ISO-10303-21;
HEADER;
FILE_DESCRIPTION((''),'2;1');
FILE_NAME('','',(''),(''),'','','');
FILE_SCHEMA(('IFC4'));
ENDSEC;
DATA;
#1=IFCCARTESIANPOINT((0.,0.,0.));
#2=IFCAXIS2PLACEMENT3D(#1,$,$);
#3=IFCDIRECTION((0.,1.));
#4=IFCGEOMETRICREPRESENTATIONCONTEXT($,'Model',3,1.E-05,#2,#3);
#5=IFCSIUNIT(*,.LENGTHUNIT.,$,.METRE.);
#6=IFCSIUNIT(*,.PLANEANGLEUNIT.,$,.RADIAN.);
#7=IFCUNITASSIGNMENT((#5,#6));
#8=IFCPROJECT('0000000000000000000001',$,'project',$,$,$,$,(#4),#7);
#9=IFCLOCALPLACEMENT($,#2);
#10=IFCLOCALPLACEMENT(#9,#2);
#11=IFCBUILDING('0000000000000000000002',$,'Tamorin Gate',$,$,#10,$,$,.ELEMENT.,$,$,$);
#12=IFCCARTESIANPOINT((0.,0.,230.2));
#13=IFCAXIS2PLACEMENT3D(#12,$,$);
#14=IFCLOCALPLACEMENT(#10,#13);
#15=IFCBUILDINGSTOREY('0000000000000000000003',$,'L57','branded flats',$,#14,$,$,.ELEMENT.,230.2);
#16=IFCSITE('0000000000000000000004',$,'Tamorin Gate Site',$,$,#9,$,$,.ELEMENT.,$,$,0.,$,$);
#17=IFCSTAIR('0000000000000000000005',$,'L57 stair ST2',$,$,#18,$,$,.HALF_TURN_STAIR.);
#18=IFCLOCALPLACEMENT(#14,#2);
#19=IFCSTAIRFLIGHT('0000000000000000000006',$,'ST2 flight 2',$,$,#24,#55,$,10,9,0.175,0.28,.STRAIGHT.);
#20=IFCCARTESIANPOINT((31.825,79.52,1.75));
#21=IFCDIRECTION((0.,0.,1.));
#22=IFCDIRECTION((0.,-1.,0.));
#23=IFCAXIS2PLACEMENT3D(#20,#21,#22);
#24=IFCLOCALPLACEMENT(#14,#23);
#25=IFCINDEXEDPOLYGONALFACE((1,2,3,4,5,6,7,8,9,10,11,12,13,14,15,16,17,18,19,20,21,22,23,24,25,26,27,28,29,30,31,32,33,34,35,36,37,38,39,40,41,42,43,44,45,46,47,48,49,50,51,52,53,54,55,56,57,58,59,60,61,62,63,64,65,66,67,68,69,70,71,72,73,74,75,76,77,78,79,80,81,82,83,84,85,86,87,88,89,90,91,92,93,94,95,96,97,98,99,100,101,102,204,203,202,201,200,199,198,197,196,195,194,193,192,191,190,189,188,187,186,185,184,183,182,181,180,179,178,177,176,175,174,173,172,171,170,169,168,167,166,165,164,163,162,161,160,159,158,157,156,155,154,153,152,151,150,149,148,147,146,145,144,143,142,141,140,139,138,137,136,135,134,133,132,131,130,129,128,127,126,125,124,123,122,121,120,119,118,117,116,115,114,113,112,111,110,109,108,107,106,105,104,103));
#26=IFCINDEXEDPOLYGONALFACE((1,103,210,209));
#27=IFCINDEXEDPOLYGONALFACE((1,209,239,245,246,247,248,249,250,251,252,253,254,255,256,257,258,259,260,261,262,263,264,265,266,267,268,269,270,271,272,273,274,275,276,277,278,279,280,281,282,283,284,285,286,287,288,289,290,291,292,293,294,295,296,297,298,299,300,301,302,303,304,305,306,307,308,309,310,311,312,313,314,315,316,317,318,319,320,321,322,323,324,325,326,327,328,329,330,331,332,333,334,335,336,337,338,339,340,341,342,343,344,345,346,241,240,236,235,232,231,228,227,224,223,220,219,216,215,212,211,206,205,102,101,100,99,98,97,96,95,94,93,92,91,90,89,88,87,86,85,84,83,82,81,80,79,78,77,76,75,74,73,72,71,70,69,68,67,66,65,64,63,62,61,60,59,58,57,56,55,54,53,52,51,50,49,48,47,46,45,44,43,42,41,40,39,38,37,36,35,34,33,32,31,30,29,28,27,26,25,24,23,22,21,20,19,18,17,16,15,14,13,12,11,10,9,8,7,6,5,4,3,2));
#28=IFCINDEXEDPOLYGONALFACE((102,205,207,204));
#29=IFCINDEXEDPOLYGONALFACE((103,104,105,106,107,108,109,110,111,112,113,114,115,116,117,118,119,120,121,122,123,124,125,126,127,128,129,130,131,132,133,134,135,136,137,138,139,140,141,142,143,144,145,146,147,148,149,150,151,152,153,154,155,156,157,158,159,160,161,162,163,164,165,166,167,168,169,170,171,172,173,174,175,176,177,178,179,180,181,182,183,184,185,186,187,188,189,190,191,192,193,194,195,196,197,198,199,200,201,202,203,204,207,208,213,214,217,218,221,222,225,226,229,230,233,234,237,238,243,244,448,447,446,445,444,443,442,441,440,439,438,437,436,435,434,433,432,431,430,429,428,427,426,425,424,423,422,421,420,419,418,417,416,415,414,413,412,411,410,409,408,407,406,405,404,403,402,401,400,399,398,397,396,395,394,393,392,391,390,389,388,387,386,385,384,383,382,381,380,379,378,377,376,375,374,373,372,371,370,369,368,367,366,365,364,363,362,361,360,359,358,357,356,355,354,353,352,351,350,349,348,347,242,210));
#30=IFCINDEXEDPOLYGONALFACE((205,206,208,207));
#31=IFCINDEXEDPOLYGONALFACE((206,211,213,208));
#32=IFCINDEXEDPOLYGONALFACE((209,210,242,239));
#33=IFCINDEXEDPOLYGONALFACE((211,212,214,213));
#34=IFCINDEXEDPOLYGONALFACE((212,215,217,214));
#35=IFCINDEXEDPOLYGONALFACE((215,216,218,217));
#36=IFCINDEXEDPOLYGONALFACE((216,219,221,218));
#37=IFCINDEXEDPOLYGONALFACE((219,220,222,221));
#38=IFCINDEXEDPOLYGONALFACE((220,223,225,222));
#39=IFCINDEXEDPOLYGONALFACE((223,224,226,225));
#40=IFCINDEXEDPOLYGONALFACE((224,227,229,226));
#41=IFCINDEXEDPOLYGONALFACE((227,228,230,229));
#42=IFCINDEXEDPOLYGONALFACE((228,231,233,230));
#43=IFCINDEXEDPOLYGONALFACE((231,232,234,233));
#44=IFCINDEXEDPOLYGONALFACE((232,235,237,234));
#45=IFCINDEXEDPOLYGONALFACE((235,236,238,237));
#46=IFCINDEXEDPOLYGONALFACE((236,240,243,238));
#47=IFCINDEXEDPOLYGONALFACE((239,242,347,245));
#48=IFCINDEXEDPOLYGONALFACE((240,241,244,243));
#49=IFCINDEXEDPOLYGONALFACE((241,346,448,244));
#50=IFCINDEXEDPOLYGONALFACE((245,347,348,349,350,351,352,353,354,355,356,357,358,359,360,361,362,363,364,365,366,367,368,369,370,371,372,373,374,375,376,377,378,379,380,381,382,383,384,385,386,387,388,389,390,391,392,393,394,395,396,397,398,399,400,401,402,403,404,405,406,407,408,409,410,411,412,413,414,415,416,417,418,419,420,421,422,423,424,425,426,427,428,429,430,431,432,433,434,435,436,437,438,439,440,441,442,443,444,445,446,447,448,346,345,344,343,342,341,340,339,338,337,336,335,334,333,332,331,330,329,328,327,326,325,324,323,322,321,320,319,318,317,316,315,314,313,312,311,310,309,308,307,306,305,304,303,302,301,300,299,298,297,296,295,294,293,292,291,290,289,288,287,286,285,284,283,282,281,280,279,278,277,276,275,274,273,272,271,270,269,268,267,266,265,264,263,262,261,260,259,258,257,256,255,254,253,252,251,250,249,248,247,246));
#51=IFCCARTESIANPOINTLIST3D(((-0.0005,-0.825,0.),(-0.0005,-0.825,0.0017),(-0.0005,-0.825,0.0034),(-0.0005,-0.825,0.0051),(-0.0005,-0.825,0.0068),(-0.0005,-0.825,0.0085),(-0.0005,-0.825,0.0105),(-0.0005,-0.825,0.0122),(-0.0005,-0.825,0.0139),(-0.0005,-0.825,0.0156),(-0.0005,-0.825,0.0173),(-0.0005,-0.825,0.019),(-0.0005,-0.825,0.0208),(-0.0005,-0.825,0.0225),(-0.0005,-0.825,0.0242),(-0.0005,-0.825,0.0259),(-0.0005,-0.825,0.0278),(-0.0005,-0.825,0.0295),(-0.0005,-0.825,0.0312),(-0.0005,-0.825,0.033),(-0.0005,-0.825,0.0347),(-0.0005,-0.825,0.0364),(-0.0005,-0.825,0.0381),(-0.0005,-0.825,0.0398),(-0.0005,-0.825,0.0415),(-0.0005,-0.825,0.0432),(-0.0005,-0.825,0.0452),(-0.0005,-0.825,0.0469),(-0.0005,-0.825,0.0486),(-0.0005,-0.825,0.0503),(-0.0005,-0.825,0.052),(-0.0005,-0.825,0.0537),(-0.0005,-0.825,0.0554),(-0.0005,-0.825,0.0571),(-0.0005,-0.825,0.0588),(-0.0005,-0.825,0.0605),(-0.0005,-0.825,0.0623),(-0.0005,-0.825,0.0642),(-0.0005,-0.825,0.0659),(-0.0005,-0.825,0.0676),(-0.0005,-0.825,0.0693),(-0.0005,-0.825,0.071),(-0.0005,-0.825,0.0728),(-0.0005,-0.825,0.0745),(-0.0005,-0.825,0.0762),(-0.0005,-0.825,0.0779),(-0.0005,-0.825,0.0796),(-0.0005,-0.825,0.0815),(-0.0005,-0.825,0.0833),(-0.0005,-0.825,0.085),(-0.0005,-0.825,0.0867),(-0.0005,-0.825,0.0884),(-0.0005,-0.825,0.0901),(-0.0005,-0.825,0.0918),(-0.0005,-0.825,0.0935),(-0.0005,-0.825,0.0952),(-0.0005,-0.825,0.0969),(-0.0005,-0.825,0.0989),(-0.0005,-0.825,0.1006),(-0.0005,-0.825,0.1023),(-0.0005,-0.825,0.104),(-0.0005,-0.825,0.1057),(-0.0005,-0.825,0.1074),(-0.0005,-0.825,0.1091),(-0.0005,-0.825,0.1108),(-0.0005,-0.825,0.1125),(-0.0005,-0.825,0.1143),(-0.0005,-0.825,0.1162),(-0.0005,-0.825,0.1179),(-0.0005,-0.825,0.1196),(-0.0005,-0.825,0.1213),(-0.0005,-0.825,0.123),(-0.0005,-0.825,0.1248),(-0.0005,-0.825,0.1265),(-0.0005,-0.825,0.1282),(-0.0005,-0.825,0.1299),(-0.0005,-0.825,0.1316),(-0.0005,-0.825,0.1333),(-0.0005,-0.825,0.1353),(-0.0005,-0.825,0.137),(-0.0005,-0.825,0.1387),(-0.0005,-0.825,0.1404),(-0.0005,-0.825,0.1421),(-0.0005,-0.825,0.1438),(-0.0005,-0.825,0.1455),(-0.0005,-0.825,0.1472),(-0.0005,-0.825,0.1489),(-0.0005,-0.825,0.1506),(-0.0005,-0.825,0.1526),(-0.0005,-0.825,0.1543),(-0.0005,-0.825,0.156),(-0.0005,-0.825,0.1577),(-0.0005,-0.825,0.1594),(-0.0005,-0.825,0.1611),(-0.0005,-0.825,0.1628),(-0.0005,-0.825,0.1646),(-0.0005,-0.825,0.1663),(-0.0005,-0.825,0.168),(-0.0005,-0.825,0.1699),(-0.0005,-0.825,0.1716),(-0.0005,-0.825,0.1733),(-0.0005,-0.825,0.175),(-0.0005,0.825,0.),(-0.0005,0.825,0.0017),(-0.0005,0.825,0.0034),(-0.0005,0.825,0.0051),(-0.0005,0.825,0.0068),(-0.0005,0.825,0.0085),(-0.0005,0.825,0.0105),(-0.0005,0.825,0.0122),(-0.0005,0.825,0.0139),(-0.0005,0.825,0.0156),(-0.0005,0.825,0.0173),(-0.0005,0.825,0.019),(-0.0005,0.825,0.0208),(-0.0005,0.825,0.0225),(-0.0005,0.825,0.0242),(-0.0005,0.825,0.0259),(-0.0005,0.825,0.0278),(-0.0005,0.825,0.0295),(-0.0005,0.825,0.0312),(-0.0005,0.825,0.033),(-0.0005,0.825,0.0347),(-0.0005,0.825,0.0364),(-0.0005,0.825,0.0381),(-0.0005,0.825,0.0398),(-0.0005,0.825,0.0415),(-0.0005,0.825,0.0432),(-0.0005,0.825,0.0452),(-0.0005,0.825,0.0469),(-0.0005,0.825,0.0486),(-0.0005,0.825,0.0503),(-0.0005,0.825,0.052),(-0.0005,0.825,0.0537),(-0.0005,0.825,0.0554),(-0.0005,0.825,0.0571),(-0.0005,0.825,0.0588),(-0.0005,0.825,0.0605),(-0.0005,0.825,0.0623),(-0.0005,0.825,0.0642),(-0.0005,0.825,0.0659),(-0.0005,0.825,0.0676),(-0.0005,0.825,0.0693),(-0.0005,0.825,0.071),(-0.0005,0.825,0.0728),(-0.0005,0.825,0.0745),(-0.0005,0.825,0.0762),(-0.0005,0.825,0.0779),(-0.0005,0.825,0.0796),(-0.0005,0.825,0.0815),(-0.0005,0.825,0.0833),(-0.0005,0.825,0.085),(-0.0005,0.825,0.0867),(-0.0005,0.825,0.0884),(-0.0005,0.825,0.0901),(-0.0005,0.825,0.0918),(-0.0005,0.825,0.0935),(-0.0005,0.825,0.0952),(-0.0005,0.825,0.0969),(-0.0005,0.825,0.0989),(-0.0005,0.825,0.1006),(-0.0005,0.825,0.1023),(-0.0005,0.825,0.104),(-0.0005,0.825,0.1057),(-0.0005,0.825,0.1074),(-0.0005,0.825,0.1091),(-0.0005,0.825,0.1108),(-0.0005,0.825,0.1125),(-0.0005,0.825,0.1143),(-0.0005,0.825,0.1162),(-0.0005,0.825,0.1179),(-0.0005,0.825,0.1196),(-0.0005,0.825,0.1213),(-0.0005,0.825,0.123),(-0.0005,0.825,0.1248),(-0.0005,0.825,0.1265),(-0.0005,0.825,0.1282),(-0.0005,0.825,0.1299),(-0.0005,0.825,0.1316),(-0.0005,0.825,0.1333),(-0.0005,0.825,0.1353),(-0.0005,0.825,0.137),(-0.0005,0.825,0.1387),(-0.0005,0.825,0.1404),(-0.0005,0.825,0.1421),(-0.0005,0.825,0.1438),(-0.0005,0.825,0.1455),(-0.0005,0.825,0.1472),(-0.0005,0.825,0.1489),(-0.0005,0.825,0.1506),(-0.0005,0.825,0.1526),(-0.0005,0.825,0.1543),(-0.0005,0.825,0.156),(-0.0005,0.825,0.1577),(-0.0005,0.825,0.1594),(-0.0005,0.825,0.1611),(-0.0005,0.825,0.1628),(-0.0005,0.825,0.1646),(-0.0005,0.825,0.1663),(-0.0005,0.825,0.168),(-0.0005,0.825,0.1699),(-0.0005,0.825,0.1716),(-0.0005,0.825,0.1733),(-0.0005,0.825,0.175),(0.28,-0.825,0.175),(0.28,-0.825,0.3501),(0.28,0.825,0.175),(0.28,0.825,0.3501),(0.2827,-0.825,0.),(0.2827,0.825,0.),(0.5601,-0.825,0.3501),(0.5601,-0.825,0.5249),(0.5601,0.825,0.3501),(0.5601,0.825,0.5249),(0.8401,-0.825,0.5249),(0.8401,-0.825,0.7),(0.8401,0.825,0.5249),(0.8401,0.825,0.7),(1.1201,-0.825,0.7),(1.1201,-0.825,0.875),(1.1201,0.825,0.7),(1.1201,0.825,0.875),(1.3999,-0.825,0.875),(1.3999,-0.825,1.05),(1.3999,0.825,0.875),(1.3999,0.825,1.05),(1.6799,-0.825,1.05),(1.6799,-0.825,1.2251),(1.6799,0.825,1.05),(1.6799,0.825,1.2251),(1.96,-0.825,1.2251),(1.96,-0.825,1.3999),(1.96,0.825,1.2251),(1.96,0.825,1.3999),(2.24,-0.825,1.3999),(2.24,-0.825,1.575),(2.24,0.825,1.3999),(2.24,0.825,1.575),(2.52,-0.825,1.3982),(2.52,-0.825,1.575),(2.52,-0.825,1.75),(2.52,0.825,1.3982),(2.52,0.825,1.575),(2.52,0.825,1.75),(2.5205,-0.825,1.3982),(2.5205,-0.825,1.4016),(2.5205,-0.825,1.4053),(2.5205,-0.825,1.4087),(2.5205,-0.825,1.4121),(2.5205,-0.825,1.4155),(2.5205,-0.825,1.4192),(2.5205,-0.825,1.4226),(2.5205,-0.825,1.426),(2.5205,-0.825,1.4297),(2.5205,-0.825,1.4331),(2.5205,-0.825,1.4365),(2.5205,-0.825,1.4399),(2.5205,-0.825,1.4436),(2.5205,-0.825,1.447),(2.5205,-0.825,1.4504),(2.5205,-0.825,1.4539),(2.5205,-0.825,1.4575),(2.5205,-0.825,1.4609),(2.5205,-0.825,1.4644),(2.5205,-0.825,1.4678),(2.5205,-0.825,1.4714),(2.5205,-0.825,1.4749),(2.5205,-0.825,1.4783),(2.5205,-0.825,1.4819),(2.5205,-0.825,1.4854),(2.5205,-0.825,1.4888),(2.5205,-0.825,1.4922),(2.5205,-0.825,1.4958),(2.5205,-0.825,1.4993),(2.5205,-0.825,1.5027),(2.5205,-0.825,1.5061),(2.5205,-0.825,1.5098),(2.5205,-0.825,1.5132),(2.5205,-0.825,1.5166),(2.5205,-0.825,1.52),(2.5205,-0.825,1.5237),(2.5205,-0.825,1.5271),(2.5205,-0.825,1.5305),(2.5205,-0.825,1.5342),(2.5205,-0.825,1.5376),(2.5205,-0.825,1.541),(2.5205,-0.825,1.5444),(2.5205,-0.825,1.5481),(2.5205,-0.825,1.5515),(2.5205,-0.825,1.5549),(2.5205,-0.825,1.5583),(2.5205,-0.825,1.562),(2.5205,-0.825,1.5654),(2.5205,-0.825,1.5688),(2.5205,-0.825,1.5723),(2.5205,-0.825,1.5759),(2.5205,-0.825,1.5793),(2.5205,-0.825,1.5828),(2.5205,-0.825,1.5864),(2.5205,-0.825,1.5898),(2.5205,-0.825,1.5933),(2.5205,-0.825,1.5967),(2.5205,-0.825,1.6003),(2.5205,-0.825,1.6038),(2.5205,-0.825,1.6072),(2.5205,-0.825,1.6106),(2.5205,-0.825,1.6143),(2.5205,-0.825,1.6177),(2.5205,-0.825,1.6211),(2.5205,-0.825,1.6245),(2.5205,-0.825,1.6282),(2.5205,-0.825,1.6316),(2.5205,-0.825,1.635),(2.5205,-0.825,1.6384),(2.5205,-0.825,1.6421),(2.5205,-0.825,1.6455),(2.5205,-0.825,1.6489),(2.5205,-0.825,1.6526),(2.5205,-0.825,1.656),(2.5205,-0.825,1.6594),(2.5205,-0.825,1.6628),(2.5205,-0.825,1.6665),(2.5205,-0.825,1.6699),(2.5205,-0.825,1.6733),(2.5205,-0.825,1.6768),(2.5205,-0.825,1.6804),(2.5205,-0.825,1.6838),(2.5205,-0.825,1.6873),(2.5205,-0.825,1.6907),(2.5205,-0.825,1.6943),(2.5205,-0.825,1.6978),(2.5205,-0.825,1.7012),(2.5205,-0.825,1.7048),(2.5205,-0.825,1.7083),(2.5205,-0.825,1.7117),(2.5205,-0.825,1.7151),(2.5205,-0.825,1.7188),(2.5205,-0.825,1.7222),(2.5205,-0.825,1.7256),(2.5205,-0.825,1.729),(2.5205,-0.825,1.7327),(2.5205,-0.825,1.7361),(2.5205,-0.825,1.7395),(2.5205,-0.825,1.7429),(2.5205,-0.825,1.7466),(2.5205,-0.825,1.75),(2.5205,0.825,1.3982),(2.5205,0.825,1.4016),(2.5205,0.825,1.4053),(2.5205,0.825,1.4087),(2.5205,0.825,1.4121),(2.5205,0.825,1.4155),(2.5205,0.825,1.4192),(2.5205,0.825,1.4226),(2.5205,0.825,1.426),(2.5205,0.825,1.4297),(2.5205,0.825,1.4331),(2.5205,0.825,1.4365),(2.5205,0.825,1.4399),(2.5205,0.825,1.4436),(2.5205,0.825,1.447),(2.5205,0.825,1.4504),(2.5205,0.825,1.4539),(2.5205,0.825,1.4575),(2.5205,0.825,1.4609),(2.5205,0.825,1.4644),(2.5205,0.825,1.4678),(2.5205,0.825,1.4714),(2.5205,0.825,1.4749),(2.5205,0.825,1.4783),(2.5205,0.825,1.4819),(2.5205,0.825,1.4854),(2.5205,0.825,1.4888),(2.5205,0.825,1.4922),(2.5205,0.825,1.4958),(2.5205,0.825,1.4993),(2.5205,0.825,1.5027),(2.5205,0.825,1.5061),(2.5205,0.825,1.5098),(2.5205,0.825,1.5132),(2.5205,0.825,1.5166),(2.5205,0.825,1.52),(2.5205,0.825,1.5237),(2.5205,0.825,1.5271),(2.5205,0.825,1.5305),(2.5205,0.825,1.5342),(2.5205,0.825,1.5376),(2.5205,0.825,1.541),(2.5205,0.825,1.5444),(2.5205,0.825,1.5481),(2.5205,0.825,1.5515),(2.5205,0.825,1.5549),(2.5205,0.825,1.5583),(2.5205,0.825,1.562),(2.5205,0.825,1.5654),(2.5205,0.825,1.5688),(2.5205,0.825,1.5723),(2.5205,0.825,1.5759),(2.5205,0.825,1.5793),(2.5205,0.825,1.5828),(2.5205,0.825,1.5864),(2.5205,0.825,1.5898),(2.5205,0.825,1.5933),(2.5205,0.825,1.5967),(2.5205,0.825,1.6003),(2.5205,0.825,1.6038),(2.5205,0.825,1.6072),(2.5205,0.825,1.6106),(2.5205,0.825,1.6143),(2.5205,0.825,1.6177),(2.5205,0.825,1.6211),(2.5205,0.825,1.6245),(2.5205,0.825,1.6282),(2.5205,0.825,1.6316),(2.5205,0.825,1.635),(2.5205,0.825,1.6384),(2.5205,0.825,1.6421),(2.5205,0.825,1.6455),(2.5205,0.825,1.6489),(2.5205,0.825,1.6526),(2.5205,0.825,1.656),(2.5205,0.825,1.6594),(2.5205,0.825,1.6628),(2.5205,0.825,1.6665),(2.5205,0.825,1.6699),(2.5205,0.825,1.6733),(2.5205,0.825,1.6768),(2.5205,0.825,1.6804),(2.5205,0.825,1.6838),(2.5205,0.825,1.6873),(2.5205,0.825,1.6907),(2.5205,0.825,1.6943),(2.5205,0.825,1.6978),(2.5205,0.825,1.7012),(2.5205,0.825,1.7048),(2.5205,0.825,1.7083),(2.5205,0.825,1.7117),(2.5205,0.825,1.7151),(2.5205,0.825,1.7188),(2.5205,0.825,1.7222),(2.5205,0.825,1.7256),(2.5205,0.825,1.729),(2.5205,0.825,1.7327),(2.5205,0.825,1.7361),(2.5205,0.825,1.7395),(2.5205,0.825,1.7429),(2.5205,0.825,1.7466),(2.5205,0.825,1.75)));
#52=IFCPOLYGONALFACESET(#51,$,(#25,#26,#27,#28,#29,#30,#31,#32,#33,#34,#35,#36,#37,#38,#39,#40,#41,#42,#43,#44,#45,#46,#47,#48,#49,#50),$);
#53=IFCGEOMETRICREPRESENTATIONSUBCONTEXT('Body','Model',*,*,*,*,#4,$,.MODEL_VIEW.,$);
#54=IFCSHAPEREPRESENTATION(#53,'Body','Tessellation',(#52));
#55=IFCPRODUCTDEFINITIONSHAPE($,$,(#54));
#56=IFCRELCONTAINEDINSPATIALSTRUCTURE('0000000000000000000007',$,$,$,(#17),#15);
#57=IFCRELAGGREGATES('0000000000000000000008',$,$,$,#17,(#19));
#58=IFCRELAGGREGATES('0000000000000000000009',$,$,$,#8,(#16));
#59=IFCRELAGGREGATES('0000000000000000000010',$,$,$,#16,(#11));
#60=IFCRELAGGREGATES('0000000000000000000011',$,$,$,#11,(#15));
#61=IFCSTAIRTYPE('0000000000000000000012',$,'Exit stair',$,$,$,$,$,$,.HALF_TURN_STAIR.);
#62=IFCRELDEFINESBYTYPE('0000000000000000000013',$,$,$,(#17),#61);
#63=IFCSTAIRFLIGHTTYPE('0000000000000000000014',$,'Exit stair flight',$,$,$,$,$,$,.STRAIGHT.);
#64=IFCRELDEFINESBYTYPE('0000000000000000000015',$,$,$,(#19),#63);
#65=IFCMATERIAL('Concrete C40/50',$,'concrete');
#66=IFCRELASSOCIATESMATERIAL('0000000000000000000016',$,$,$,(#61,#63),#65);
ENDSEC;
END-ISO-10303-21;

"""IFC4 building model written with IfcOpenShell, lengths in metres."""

from ifc_helpers import new_model, si_unit, direction, frame, origin, place, context, subcontext, project, spatial, polyline, outline, extrude, material, type_object, element, aggregate, save


model = new_model("IFC4")

# Units and contexts
model_context = context("Model", 3, precision=1e-05, world=origin(), true_north=direction((0.0, 1.0)))
body_context = subcontext(model_context, "Body", "Model", "MODEL_VIEW")
ifc_project = project(units=[si_unit("LENGTHUNIT", "METRE"), si_unit("PLANEANGLEUNIT", "RADIAN")], contexts=[model_context])

# Site, building, storey
site_placement = place(None, origin())
site = spatial("IfcSite", under=ifc_project, at=site_placement, Name="Tamorin Gate Site", CompositionType="ELEMENT", RefElevation=0.0)
building_placement = place(site_placement, origin())
building = spatial("IfcBuilding", under=site, at=building_placement, Name="Tamorin Gate", CompositionType="ELEMENT")
storey_placement = place(building_placement, frame((0.0, 0.0, 230.2)))
storey = spatial("IfcBuildingStorey", under=building, at=storey_placement, Name="L57", Description="branded flats", CompositionType="ELEMENT", Elevation=230.2)

# Stair, stair flight
ifc_material_1 = material(Name="Concrete C40/50", Category="concrete")
stair_type = type_object("IfcStairType", Name="Exit stair", PredefinedType="HALF_TURN_STAIR", material=ifc_material_1)
stair_placement = place(storey_placement, origin())
stair = element("IfcStair", 1, at=stair_placement, inside=storey, type_object=stair_type, Name="L57 stair ST2", PredefinedType="HALF_TURN_STAIR")
stair_flight_type = type_object("IfcStairFlightType", Name="Exit stair flight", PredefinedType="STRAIGHT", material=ifc_material_1)
stair_flight_placement = place(storey_placement, frame((31.825, 79.52, 1.75), z_axis=(0.0, 0.0, 1.0), x_axis=(0.0, -1.0, 0.0)))
stair_flight = element("IfcStairFlight", 2, at=stair_flight_placement, type_object=stair_flight_type, Name="ST2 flight 2", NumberOfRisers=10, NumberOfTreads=9, PredefinedType="STRAIGHT", RiserHeight=0.175, TreadLength=0.28, context=body_context, shape_type="SweptSolid", body=[
    extrude(outline(polyline([(-0.0005, 0.0), (-0.0005, 0.0017), (-0.0005, 0.0034), (-0.0005, 0.0051), (-0.0005, 0.0068), (-0.0005, 0.0085), (-0.0005, 0.0105), (-0.0005, 0.0122), (-0.0005, 0.0139), (-0.0005, 0.0156), (-0.0005, 0.0173), (-0.0005, 0.019), (-0.0005, 0.0208), (-0.0005, 0.0225), (-0.0005, 0.0242), (-0.0005, 0.0259), (-0.0005, 0.0278), (-0.0005, 0.0295), (-0.0005, 0.0312), (-0.0005, 0.033), (-0.0005, 0.0347), (-0.0005, 0.0364), (-0.0005, 0.0381), (-0.0005, 0.0398), (-0.0005, 0.0415), (-0.0005, 0.0432), (-0.0005, 0.0452), (-0.0005, 0.0469), (-0.0005, 0.0486), (-0.0005, 0.0503), (-0.0005, 0.052), (-0.0005, 0.0537), (-0.0005, 0.0554), (-0.0005, 0.0571), (-0.0005, 0.0588), (-0.0005, 0.0605), (-0.0005, 0.0623), (-0.0005, 0.0642), (-0.0005, 0.0659), (-0.0005, 0.0676), (-0.0005, 0.0693), (-0.0005, 0.071), (-0.0005, 0.0728), (-0.0005, 0.0745), (-0.0005, 0.0762), (-0.0005, 0.0779), (-0.0005, 0.0796), (-0.0005, 0.0815), (-0.0005, 0.0833), (-0.0005, 0.085), (-0.0005, 0.0867), (-0.0005, 0.0884), (-0.0005, 0.0901), (-0.0005, 0.0918), (-0.0005, 0.0935), (-0.0005, 0.0952), (-0.0005, 0.0969), (-0.0005, 0.0989), (-0.0005, 0.1006), (-0.0005, 0.1023), (-0.0005, 0.104), (-0.0005, 0.1057), (-0.0005, 0.1074), (-0.0005, 0.1091), (-0.0005, 0.1108), (-0.0005, 0.1125), (-0.0005, 0.1143), (-0.0005, 0.1162), (-0.0005, 0.1179), (-0.0005, 0.1196), (-0.0005, 0.1213), (-0.0005, 0.123), (-0.0005, 0.1248), (-0.0005, 0.1265), (-0.0005, 0.1282), (-0.0005, 0.1299), (-0.0005, 0.1316), (-0.0005, 0.1333), (-0.0005, 0.1353), (-0.0005, 0.137), (-0.0005, 0.1387), (-0.0005, 0.1404), (-0.0005, 0.1421), (-0.0005, 0.1438), (-0.0005, 0.1455), (-0.0005, 0.1472), (-0.0005, 0.1489), (-0.0005, 0.1506), (-0.0005, 0.1526), (-0.0005, 0.1543), (-0.0005, 0.156), (-0.0005, 0.1577), (-0.0005, 0.1594), (-0.0005, 0.1611), (-0.0005, 0.1628), (-0.0005, 0.1646), (-0.0005, 0.1663), (-0.0005, 0.168), (-0.0005, 0.1699), (-0.0005, 0.1716), (-0.0005, 0.1733), (-0.0005, 0.175), (0.28, 0.175), (0.28, 0.3501), (0.5601, 0.3501), (0.5601, 0.5249), (0.8401, 0.5249), (0.8401, 0.7), (1.1201, 0.7), (1.1201, 0.875), (1.3999, 0.875), (1.3999, 1.05), (1.6799, 1.05), (1.6799, 1.2251), (1.96, 1.2251), (1.96, 1.3999), (2.24, 1.3999), (2.24, 1.575), (2.52, 1.575), (2.52, 1.75), (2.5205, 1.75), (2.5205, 1.7466), (2.5205, 1.7429), (2.5205, 1.7395), (2.5205, 1.7361), (2.5205, 1.7327), (2.5205, 1.729), (2.5205, 1.7256), (2.5205, 1.7222), (2.5205, 1.7188), (2.5205, 1.7151), (2.5205, 1.7117), (2.5205, 1.7083), (2.5205, 1.7048), (2.5205, 1.7012), (2.5205, 1.6978), (2.5205, 1.6943), (2.5205, 1.6907), (2.5205, 1.6873), (2.5205, 1.6838), (2.5205, 1.6804), (2.5205, 1.6768), (2.5205, 1.6733), (2.5205, 1.6699), (2.5205, 1.6665), (2.5205, 1.6628), (2.5205, 1.6594), (2.5205, 1.656), (2.5205, 1.6526), (2.5205, 1.6489), (2.5205, 1.6455), (2.5205, 1.6421), (2.5205, 1.6384), (2.5205, 1.635), (2.5205, 1.6316), (2.5205, 1.6282), (2.5205, 1.6245), (2.5205, 1.6211), (2.5205, 1.6177), (2.5205, 1.6143), (2.5205, 1.6106), (2.5205, 1.6072), (2.5205, 1.6038), (2.5205, 1.6003), (2.5205, 1.5967), (2.5205, 1.5933), (2.5205, 1.5898), (2.5205, 1.5864), (2.5205, 1.5828), (2.5205, 1.5793), (2.5205, 1.5759), (2.5205, 1.5723), (2.5205, 1.5688), (2.5205, 1.5654), (2.5205, 1.562), (2.5205, 1.5583), (2.5205, 1.5549), (2.5205, 1.5515), (2.5205, 1.5481), (2.5205, 1.5444), (2.5205, 1.541), (2.5205, 1.5376), (2.5205, 1.5342), (2.5205, 1.5305), (2.5205, 1.5271), (2.5205, 1.5237), (2.5205, 1.52), (2.5205, 1.5166), (2.5205, 1.5132), (2.5205, 1.5098), (2.5205, 1.5061), (2.5205, 1.5027), (2.5205, 1.4993), (2.5205, 1.4958), (2.5205, 1.4922), (2.5205, 1.4888), (2.5205, 1.4854), (2.5205, 1.4819), (2.5205, 1.4783), (2.5205, 1.4749), (2.5205, 1.4714), (2.5205, 1.4678), (2.5205, 1.4644), (2.5205, 1.4609), (2.5205, 1.4575), (2.5205, 1.4539), (2.5205, 1.4504), (2.5205, 1.447), (2.5205, 1.4436), (2.5205, 1.4399), (2.5205, 1.4365), (2.5205, 1.4331), (2.5205, 1.4297), (2.5205, 1.426), (2.5205, 1.4226), (2.5205, 1.4192), (2.5205, 1.4155), (2.5205, 1.4121), (2.5205, 1.4087), (2.5205, 1.4053), (2.5205, 1.4016), (2.5205, 1.3982), (2.52, 1.3982), (0.2827, 0.0), (-0.0005, 0.0)])), frame((0.0, 0.825, 0.0), z_axis=(0.0, -1.0, 0.0), x_axis=(1.0, 0.0, 0.0)), (0.0, 0.0, 1.0), 1.6499),
])
aggregate(stair, [stair_flight])

save(model, "model.ifc")
